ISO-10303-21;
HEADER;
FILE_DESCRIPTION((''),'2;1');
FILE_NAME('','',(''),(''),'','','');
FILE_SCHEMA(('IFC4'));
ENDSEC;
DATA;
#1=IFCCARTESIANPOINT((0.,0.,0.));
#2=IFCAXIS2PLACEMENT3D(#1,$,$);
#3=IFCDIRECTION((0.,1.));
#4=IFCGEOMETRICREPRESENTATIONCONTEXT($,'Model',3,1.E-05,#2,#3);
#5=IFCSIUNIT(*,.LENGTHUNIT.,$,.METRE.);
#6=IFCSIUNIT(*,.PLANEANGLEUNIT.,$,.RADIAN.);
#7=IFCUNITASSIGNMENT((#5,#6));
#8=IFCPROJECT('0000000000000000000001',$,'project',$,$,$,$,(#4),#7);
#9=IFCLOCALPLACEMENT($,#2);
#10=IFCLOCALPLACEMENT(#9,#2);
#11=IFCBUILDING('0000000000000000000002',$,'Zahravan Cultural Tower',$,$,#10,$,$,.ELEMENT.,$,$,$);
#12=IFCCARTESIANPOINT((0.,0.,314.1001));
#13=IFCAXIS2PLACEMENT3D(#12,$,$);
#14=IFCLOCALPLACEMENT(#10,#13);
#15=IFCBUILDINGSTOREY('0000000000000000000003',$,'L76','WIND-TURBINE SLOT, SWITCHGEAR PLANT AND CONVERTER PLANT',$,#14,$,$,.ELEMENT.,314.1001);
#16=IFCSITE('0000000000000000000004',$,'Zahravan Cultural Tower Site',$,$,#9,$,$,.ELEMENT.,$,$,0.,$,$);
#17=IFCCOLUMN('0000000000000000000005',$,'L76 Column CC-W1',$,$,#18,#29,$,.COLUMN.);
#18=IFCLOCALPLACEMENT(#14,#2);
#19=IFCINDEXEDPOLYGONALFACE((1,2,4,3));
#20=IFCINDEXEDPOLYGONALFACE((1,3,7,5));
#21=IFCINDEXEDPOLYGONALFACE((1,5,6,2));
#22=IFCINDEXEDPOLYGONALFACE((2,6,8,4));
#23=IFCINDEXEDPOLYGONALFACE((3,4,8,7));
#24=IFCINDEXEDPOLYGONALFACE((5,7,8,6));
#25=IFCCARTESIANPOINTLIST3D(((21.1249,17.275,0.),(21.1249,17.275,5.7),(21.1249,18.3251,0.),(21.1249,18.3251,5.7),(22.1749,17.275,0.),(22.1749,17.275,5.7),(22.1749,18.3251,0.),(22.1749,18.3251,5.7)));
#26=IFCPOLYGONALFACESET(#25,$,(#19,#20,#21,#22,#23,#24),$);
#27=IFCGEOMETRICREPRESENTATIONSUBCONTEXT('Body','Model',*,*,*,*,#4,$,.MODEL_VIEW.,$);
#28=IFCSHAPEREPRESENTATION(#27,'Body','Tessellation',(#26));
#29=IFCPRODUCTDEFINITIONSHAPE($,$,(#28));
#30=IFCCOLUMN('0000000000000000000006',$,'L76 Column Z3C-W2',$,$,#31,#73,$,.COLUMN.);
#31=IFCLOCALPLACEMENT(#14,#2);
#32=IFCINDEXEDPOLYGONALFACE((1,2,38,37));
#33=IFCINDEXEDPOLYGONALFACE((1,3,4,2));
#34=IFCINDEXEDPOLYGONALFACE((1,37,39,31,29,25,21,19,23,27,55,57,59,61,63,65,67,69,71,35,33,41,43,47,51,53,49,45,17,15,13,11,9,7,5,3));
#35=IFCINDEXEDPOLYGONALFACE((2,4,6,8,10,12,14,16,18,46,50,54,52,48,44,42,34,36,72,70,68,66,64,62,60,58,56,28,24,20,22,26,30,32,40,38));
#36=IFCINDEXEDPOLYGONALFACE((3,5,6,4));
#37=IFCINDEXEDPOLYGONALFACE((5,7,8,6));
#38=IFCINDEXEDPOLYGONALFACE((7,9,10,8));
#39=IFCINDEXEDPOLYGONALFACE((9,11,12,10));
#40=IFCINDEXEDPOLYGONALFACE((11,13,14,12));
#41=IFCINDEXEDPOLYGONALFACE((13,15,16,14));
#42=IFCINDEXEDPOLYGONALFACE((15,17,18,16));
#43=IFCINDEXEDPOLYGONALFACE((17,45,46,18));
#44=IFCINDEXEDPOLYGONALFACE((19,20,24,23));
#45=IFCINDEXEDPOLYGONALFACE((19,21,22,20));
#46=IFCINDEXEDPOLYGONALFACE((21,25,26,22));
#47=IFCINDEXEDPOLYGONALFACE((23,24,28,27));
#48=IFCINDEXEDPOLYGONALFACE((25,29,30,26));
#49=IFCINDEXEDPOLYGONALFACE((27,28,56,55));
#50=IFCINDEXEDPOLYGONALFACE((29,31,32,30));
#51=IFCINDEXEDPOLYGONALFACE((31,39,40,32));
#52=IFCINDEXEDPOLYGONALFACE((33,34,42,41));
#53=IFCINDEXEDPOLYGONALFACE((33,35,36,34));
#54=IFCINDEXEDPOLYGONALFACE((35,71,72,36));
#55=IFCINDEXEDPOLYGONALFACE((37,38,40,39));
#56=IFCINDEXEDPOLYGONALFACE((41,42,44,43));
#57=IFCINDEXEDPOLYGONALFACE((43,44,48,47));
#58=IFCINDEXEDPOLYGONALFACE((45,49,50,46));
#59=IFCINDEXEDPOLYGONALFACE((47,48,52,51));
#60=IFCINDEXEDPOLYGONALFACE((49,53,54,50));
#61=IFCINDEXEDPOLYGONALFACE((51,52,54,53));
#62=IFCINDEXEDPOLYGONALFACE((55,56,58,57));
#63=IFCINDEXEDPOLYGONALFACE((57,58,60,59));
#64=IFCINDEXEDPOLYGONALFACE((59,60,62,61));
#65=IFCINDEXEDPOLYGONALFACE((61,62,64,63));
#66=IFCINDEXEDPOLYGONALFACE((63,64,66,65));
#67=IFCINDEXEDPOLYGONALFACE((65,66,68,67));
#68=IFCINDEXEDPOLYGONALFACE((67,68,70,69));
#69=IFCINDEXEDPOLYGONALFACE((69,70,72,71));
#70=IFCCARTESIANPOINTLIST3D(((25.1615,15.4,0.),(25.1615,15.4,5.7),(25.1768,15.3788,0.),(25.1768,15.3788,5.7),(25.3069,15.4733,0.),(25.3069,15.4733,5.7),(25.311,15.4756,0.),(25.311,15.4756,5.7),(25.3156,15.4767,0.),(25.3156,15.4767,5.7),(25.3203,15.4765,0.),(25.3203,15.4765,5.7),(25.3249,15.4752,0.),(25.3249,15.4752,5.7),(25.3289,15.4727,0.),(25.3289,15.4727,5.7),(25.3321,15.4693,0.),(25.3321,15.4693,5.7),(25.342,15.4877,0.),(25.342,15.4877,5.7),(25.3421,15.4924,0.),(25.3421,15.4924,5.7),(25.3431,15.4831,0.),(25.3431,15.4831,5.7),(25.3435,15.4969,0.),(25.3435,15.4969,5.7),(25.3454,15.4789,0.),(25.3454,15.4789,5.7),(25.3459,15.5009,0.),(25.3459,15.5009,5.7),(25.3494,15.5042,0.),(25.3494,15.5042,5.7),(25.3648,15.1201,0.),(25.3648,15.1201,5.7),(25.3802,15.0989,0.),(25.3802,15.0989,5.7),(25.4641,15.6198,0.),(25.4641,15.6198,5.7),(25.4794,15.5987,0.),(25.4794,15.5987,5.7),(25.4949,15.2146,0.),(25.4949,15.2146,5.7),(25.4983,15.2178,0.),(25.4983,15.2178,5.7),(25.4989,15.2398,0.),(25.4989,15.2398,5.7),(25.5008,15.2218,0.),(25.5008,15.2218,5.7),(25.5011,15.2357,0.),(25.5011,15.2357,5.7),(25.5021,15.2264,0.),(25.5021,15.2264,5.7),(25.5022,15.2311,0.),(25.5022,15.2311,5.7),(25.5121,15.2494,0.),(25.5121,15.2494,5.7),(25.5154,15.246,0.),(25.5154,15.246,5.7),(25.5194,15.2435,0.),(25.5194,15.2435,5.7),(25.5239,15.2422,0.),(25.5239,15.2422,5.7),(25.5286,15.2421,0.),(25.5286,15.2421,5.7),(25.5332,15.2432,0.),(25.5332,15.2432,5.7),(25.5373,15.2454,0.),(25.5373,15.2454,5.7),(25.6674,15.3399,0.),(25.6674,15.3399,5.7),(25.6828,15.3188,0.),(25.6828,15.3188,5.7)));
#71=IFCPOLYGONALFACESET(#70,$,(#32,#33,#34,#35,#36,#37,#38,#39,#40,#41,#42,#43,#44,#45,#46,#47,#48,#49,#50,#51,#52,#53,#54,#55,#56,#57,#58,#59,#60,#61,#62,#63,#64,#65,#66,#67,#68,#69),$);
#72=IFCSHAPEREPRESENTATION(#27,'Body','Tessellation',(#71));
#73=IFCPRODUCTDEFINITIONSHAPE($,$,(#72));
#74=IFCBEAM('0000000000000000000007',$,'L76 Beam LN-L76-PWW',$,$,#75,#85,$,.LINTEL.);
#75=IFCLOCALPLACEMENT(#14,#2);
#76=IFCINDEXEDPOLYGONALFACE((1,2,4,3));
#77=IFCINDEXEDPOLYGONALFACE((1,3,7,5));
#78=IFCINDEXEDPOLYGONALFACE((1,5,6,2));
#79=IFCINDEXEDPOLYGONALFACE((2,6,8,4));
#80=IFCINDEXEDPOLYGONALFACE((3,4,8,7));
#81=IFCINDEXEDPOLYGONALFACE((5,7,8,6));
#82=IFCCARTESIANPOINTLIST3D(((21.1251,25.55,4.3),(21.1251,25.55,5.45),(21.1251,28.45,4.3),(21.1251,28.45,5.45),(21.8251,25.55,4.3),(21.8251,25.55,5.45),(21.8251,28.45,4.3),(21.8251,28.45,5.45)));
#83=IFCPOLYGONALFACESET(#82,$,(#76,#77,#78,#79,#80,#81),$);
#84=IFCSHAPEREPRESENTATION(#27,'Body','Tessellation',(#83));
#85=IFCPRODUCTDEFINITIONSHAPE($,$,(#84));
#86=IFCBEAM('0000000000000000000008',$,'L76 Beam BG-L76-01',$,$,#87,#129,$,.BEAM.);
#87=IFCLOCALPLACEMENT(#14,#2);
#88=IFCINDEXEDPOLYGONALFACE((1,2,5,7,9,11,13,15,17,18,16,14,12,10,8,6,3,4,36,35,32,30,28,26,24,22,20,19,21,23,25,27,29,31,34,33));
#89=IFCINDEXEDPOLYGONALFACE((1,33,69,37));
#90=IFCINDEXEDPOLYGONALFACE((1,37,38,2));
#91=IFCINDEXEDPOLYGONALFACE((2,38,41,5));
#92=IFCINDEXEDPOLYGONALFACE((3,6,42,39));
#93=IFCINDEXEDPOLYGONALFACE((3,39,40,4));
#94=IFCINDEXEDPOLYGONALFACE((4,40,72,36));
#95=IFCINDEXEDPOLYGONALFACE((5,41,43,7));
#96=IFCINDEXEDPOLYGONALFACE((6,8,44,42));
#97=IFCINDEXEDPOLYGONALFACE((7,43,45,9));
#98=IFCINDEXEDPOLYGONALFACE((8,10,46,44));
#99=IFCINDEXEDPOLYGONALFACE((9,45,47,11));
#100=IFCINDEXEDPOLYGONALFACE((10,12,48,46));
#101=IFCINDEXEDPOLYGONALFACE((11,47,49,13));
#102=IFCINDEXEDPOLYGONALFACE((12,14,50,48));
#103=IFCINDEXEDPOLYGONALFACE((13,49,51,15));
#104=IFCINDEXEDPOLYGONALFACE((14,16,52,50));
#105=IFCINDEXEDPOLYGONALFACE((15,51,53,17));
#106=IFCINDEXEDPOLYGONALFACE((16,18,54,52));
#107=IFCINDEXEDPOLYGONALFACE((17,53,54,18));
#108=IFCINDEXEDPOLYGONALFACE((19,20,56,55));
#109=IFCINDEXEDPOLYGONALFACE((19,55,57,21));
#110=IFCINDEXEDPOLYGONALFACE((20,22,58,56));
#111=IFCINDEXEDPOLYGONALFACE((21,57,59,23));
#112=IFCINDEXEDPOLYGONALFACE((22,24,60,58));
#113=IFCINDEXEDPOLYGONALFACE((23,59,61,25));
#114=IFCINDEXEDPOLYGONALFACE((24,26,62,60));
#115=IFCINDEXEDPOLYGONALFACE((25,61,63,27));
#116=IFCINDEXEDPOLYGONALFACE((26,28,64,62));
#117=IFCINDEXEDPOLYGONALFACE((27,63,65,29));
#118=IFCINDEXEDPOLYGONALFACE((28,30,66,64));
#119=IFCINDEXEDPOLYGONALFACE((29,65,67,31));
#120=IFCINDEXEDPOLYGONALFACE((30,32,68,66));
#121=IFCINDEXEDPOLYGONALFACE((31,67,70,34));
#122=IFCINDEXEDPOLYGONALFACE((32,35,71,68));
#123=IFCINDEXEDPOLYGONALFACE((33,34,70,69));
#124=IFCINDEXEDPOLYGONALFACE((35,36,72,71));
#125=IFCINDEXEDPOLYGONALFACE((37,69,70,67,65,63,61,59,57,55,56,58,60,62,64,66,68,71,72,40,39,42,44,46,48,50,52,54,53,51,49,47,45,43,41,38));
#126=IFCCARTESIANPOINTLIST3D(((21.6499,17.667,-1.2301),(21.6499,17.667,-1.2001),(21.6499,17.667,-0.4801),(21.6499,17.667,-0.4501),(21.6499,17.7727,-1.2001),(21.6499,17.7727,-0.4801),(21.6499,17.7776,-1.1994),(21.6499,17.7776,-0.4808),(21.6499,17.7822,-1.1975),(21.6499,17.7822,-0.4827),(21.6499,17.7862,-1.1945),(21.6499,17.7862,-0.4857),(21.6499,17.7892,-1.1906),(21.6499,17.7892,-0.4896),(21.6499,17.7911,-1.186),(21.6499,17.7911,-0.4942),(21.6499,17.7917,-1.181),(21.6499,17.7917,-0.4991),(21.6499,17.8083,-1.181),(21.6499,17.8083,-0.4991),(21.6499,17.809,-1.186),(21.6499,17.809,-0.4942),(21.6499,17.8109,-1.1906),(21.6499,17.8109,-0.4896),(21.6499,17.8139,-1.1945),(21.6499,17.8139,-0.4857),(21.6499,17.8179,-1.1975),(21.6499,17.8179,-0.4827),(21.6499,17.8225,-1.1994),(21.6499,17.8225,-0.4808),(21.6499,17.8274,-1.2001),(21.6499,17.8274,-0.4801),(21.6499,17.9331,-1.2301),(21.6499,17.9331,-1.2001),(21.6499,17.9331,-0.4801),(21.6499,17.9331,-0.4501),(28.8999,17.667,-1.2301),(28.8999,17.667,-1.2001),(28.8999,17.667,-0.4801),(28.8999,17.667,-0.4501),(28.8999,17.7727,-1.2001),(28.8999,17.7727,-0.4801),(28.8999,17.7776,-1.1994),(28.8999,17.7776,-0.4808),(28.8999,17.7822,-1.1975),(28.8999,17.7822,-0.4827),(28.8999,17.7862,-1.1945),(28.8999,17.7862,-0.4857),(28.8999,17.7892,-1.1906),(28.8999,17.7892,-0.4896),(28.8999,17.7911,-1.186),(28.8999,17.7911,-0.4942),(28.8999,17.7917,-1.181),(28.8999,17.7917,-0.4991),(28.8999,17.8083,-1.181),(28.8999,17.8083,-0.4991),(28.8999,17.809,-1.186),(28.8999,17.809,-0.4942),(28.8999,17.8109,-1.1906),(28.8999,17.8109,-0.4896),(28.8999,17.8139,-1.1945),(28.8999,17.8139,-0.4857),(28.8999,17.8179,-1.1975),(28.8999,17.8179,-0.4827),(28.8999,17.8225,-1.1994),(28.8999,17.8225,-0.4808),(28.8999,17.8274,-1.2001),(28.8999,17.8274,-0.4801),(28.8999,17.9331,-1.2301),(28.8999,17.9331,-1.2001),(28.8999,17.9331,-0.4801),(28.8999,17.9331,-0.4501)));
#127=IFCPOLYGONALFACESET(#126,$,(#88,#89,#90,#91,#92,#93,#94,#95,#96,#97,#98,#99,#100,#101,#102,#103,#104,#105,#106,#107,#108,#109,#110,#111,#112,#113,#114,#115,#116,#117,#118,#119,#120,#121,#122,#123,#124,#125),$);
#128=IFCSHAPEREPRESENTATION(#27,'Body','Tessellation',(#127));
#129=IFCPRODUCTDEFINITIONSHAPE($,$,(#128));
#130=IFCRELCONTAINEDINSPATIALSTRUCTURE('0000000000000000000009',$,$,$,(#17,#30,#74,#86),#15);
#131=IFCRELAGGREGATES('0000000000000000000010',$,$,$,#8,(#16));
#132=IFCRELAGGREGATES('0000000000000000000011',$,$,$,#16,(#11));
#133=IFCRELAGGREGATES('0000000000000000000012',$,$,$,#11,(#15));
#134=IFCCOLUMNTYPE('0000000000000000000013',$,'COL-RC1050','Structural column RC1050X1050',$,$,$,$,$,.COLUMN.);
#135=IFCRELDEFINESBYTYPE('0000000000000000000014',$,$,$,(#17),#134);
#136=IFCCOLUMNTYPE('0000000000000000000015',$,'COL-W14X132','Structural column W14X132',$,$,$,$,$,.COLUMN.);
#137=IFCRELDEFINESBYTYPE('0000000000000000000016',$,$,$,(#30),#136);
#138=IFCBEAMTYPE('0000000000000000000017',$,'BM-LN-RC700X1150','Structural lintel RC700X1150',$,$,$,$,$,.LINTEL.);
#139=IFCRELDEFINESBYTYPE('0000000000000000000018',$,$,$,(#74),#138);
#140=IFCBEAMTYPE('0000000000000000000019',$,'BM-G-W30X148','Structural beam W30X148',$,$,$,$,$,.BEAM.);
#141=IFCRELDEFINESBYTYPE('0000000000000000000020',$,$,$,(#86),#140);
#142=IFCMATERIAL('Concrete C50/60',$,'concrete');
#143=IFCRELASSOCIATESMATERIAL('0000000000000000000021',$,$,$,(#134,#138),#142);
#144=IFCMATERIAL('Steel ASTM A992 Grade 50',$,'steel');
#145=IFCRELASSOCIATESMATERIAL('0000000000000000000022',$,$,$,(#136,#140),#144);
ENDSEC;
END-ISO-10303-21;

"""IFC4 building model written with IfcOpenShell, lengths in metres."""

from ifc_helpers import new_model, si_unit, direction, frame, origin, origin_2d, place, context, subcontext, project, spatial, rectangle, i_section, extrude, source, transform, mapped, material, material_profile, profile_set, type_object, element, save


model = new_model("IFC4")

# Units and contexts
model_context = context("Model", 3, precision=1e-05, world=origin(), true_north=direction((0.0, 1.0)))
body_context = subcontext(model_context, "Body", "Model", "MODEL_VIEW")
ifc_project = project(units=[si_unit("LENGTHUNIT", "METRE"), si_unit("PLANEANGLEUNIT", "RADIAN")], contexts=[model_context])

# Site, building, storey
site_placement = place(None, origin())
site = spatial("IfcSite", under=ifc_project, at=site_placement, Name="Zahravan Cultural Tower Site", CompositionType="ELEMENT", RefElevation=0.0)
building_placement = place(site_placement, origin())
building = spatial("IfcBuilding", under=site, at=building_placement, Name="Zahravan Cultural Tower", CompositionType="ELEMENT")
storey_placement = place(building_placement, frame((0.0, 0.0, 314.1001)))
storey = spatial("IfcBuildingStorey", under=building, at=storey_placement, Name="L76", Description="WIND-TURBINE SLOT, SWITCHGEAR PLANT AND CONVERTER PLANT", CompositionType="ELEMENT", Elevation=314.1001)

# Columns
ifc_material_1 = material(Name="Concrete C50/60", Category="concrete")
ifc_material_profile_1 = material_profile(ifc_material_1, rectangle(XDim=1.05, YDim=1.05, at=origin_2d()), Name="RC1050X1050")
ifc_profile_set_1 = profile_set([ifc_material_profile_1], Name="Concrete C50/60")
column_type_1 = type_object("IfcColumnType", Name="COL-RC1050", Description="Structural column RC1050X1050", PredefinedType="COLUMN", material=ifc_profile_set_1)
shared_shape_1 = source(origin(), body_context, "Body", "SweptSolid", [
    extrude(rectangle(XDim=1.05, YDim=1.05, at=origin_2d()), origin(), (0.0, 0.0, 1.0), 5.7),
])
column_1_placement = place(storey_placement, frame((21.6499, 17.8, 0.0), z_axis=(0.0, 0.0, 1.0), x_axis=(1.0, 0.0, 0.0)))
element("IfcColumn", 1, at=column_1_placement, inside=storey, type_object=column_type_1, Name="L76 Column CC-W1", PredefinedType="COLUMN", context=body_context, shape_type="MappedRepresentation", body=[
    mapped(shared_shape_1, transform((0.0, 0.0, 0.0), x_axis=(1.0, 0.0, 0.0), y_axis=(0.0, 1.0, 0.0), z_axis=(0.0, 0.0, 1.0), scale=1.0)),
])
ifc_material_2 = material(Name="Steel ASTM A992 Grade 50", Category="steel")
ifc_material_profile_2 = material_profile(ifc_material_2, i_section(OverallWidth=0.374, OverallDepth=0.3721, WebThickness=0.0164, FlangeThickness=0.0261, FilletRadius=0.0181, at=origin_2d()), Name="W14X132")
ifc_profile_set_2 = profile_set([ifc_material_profile_2], Name="Steel ASTM A992 Grade 50")
column_type_2 = type_object("IfcColumnType", Name="COL-W14X132", Description="Structural column W14X132", PredefinedType="COLUMN", material=ifc_profile_set_2)
shared_shape_2 = source(origin(), body_context, "Body", "SweptSolid", [
    extrude(i_section(OverallWidth=0.374, OverallDepth=0.3721, WebThickness=0.0164, FlangeThickness=0.0261, FilletRadius=0.0181, at=origin_2d()), origin(), (0.0, 0.0, 1.0), 5.7),
])
column_2_placement = place(storey_placement, frame((25.4221, 15.3594, 0.0), z_axis=(0.0, 0.0, 1.0), x_axis=(0.809017, 0.587785, 0.0)))
element("IfcColumn", 2, at=column_2_placement, inside=storey, type_object=column_type_2, Name="L76 Column Z3C-W2", PredefinedType="COLUMN", context=body_context, shape_type="MappedRepresentation", body=[
    mapped(shared_shape_2, transform((0.0, 0.0, 0.0), x_axis=(1.0, 0.0, 0.0), y_axis=(0.0, 1.0, 0.0), z_axis=(0.0, 0.0, 1.0), scale=1.0)),
])

# Beams
ifc_material_profile_3 = material_profile(ifc_material_1, rectangle(XDim=0.7, YDim=1.1499, at=origin_2d()), Name="RC700X1150")
ifc_profile_set_3 = profile_set([ifc_material_profile_3], Name="Concrete C50/60")
beam_type_1 = type_object("IfcBeamType", Name="BM-LN-RC700X1150", Description="Structural lintel RC700X1150", PredefinedType="LINTEL", material=ifc_profile_set_3)
shared_shape_3 = source(origin(), body_context, "Body", "SweptSolid", [
    extrude(rectangle(XDim=0.7, YDim=1.1499, at=origin_2d()), origin(), (0.0, 0.0, 1.0), 2.8999),
])
beam_1_placement = place(storey_placement, frame((21.4751, 25.55, 4.875), z_axis=(0.0, 1.0, 0.0), x_axis=(-1.0, 0.0, 0.0)))
element("IfcBeam", 3, at=beam_1_placement, inside=storey, type_object=beam_type_1, Name="L76 Beam LN-L76-PWW", PredefinedType="LINTEL", context=body_context, shape_type="MappedRepresentation", body=[
    mapped(shared_shape_3, transform((0.0, 0.0, 0.0), x_axis=(1.0, 0.0, 0.0), y_axis=(0.0, 1.0, 0.0), z_axis=(0.0, 0.0, 1.0), scale=1.0)),
])
ifc_material_profile_4 = material_profile(ifc_material_2, i_section(OverallWidth=0.2661, OverallDepth=0.78, WebThickness=0.0166, FlangeThickness=0.03, FilletRadius=0.019, at=origin_2d()), Name="W30X148")
ifc_profile_set_4 = profile_set([ifc_material_profile_4], Name="Steel ASTM A992 Grade 50")
beam_type_2 = type_object("IfcBeamType", Name="BM-G-W30X148", Description="Structural beam W30X148", PredefinedType="BEAM", material=ifc_profile_set_4)
shared_shape_4 = source(origin(), body_context, "Body", "SweptSolid", [
    extrude(i_section(OverallWidth=0.2661, OverallDepth=0.78, WebThickness=0.0166, FlangeThickness=0.03, FilletRadius=0.019, at=origin_2d()), origin(), (0.0, 0.0, 1.0), 7.25),
])
beam_2_placement = place(storey_placement, frame((21.6499, 17.8, -0.8401), z_axis=(1.0, 0.0, 0.0), x_axis=(0.0, 1.0, 0.0)))
element("IfcBeam", 4, at=beam_2_placement, inside=storey, type_object=beam_type_2, Name="L76 Beam BG-L76-01", PredefinedType="BEAM", context=body_context, shape_type="MappedRepresentation", body=[
    mapped(shared_shape_4, transform((0.0, 0.0, 0.0), x_axis=(1.0, 0.0, 0.0), y_axis=(0.0, 1.0, 0.0), z_axis=(0.0, 0.0, 1.0), scale=1.0)),
])

save(model, "model.ifc")
